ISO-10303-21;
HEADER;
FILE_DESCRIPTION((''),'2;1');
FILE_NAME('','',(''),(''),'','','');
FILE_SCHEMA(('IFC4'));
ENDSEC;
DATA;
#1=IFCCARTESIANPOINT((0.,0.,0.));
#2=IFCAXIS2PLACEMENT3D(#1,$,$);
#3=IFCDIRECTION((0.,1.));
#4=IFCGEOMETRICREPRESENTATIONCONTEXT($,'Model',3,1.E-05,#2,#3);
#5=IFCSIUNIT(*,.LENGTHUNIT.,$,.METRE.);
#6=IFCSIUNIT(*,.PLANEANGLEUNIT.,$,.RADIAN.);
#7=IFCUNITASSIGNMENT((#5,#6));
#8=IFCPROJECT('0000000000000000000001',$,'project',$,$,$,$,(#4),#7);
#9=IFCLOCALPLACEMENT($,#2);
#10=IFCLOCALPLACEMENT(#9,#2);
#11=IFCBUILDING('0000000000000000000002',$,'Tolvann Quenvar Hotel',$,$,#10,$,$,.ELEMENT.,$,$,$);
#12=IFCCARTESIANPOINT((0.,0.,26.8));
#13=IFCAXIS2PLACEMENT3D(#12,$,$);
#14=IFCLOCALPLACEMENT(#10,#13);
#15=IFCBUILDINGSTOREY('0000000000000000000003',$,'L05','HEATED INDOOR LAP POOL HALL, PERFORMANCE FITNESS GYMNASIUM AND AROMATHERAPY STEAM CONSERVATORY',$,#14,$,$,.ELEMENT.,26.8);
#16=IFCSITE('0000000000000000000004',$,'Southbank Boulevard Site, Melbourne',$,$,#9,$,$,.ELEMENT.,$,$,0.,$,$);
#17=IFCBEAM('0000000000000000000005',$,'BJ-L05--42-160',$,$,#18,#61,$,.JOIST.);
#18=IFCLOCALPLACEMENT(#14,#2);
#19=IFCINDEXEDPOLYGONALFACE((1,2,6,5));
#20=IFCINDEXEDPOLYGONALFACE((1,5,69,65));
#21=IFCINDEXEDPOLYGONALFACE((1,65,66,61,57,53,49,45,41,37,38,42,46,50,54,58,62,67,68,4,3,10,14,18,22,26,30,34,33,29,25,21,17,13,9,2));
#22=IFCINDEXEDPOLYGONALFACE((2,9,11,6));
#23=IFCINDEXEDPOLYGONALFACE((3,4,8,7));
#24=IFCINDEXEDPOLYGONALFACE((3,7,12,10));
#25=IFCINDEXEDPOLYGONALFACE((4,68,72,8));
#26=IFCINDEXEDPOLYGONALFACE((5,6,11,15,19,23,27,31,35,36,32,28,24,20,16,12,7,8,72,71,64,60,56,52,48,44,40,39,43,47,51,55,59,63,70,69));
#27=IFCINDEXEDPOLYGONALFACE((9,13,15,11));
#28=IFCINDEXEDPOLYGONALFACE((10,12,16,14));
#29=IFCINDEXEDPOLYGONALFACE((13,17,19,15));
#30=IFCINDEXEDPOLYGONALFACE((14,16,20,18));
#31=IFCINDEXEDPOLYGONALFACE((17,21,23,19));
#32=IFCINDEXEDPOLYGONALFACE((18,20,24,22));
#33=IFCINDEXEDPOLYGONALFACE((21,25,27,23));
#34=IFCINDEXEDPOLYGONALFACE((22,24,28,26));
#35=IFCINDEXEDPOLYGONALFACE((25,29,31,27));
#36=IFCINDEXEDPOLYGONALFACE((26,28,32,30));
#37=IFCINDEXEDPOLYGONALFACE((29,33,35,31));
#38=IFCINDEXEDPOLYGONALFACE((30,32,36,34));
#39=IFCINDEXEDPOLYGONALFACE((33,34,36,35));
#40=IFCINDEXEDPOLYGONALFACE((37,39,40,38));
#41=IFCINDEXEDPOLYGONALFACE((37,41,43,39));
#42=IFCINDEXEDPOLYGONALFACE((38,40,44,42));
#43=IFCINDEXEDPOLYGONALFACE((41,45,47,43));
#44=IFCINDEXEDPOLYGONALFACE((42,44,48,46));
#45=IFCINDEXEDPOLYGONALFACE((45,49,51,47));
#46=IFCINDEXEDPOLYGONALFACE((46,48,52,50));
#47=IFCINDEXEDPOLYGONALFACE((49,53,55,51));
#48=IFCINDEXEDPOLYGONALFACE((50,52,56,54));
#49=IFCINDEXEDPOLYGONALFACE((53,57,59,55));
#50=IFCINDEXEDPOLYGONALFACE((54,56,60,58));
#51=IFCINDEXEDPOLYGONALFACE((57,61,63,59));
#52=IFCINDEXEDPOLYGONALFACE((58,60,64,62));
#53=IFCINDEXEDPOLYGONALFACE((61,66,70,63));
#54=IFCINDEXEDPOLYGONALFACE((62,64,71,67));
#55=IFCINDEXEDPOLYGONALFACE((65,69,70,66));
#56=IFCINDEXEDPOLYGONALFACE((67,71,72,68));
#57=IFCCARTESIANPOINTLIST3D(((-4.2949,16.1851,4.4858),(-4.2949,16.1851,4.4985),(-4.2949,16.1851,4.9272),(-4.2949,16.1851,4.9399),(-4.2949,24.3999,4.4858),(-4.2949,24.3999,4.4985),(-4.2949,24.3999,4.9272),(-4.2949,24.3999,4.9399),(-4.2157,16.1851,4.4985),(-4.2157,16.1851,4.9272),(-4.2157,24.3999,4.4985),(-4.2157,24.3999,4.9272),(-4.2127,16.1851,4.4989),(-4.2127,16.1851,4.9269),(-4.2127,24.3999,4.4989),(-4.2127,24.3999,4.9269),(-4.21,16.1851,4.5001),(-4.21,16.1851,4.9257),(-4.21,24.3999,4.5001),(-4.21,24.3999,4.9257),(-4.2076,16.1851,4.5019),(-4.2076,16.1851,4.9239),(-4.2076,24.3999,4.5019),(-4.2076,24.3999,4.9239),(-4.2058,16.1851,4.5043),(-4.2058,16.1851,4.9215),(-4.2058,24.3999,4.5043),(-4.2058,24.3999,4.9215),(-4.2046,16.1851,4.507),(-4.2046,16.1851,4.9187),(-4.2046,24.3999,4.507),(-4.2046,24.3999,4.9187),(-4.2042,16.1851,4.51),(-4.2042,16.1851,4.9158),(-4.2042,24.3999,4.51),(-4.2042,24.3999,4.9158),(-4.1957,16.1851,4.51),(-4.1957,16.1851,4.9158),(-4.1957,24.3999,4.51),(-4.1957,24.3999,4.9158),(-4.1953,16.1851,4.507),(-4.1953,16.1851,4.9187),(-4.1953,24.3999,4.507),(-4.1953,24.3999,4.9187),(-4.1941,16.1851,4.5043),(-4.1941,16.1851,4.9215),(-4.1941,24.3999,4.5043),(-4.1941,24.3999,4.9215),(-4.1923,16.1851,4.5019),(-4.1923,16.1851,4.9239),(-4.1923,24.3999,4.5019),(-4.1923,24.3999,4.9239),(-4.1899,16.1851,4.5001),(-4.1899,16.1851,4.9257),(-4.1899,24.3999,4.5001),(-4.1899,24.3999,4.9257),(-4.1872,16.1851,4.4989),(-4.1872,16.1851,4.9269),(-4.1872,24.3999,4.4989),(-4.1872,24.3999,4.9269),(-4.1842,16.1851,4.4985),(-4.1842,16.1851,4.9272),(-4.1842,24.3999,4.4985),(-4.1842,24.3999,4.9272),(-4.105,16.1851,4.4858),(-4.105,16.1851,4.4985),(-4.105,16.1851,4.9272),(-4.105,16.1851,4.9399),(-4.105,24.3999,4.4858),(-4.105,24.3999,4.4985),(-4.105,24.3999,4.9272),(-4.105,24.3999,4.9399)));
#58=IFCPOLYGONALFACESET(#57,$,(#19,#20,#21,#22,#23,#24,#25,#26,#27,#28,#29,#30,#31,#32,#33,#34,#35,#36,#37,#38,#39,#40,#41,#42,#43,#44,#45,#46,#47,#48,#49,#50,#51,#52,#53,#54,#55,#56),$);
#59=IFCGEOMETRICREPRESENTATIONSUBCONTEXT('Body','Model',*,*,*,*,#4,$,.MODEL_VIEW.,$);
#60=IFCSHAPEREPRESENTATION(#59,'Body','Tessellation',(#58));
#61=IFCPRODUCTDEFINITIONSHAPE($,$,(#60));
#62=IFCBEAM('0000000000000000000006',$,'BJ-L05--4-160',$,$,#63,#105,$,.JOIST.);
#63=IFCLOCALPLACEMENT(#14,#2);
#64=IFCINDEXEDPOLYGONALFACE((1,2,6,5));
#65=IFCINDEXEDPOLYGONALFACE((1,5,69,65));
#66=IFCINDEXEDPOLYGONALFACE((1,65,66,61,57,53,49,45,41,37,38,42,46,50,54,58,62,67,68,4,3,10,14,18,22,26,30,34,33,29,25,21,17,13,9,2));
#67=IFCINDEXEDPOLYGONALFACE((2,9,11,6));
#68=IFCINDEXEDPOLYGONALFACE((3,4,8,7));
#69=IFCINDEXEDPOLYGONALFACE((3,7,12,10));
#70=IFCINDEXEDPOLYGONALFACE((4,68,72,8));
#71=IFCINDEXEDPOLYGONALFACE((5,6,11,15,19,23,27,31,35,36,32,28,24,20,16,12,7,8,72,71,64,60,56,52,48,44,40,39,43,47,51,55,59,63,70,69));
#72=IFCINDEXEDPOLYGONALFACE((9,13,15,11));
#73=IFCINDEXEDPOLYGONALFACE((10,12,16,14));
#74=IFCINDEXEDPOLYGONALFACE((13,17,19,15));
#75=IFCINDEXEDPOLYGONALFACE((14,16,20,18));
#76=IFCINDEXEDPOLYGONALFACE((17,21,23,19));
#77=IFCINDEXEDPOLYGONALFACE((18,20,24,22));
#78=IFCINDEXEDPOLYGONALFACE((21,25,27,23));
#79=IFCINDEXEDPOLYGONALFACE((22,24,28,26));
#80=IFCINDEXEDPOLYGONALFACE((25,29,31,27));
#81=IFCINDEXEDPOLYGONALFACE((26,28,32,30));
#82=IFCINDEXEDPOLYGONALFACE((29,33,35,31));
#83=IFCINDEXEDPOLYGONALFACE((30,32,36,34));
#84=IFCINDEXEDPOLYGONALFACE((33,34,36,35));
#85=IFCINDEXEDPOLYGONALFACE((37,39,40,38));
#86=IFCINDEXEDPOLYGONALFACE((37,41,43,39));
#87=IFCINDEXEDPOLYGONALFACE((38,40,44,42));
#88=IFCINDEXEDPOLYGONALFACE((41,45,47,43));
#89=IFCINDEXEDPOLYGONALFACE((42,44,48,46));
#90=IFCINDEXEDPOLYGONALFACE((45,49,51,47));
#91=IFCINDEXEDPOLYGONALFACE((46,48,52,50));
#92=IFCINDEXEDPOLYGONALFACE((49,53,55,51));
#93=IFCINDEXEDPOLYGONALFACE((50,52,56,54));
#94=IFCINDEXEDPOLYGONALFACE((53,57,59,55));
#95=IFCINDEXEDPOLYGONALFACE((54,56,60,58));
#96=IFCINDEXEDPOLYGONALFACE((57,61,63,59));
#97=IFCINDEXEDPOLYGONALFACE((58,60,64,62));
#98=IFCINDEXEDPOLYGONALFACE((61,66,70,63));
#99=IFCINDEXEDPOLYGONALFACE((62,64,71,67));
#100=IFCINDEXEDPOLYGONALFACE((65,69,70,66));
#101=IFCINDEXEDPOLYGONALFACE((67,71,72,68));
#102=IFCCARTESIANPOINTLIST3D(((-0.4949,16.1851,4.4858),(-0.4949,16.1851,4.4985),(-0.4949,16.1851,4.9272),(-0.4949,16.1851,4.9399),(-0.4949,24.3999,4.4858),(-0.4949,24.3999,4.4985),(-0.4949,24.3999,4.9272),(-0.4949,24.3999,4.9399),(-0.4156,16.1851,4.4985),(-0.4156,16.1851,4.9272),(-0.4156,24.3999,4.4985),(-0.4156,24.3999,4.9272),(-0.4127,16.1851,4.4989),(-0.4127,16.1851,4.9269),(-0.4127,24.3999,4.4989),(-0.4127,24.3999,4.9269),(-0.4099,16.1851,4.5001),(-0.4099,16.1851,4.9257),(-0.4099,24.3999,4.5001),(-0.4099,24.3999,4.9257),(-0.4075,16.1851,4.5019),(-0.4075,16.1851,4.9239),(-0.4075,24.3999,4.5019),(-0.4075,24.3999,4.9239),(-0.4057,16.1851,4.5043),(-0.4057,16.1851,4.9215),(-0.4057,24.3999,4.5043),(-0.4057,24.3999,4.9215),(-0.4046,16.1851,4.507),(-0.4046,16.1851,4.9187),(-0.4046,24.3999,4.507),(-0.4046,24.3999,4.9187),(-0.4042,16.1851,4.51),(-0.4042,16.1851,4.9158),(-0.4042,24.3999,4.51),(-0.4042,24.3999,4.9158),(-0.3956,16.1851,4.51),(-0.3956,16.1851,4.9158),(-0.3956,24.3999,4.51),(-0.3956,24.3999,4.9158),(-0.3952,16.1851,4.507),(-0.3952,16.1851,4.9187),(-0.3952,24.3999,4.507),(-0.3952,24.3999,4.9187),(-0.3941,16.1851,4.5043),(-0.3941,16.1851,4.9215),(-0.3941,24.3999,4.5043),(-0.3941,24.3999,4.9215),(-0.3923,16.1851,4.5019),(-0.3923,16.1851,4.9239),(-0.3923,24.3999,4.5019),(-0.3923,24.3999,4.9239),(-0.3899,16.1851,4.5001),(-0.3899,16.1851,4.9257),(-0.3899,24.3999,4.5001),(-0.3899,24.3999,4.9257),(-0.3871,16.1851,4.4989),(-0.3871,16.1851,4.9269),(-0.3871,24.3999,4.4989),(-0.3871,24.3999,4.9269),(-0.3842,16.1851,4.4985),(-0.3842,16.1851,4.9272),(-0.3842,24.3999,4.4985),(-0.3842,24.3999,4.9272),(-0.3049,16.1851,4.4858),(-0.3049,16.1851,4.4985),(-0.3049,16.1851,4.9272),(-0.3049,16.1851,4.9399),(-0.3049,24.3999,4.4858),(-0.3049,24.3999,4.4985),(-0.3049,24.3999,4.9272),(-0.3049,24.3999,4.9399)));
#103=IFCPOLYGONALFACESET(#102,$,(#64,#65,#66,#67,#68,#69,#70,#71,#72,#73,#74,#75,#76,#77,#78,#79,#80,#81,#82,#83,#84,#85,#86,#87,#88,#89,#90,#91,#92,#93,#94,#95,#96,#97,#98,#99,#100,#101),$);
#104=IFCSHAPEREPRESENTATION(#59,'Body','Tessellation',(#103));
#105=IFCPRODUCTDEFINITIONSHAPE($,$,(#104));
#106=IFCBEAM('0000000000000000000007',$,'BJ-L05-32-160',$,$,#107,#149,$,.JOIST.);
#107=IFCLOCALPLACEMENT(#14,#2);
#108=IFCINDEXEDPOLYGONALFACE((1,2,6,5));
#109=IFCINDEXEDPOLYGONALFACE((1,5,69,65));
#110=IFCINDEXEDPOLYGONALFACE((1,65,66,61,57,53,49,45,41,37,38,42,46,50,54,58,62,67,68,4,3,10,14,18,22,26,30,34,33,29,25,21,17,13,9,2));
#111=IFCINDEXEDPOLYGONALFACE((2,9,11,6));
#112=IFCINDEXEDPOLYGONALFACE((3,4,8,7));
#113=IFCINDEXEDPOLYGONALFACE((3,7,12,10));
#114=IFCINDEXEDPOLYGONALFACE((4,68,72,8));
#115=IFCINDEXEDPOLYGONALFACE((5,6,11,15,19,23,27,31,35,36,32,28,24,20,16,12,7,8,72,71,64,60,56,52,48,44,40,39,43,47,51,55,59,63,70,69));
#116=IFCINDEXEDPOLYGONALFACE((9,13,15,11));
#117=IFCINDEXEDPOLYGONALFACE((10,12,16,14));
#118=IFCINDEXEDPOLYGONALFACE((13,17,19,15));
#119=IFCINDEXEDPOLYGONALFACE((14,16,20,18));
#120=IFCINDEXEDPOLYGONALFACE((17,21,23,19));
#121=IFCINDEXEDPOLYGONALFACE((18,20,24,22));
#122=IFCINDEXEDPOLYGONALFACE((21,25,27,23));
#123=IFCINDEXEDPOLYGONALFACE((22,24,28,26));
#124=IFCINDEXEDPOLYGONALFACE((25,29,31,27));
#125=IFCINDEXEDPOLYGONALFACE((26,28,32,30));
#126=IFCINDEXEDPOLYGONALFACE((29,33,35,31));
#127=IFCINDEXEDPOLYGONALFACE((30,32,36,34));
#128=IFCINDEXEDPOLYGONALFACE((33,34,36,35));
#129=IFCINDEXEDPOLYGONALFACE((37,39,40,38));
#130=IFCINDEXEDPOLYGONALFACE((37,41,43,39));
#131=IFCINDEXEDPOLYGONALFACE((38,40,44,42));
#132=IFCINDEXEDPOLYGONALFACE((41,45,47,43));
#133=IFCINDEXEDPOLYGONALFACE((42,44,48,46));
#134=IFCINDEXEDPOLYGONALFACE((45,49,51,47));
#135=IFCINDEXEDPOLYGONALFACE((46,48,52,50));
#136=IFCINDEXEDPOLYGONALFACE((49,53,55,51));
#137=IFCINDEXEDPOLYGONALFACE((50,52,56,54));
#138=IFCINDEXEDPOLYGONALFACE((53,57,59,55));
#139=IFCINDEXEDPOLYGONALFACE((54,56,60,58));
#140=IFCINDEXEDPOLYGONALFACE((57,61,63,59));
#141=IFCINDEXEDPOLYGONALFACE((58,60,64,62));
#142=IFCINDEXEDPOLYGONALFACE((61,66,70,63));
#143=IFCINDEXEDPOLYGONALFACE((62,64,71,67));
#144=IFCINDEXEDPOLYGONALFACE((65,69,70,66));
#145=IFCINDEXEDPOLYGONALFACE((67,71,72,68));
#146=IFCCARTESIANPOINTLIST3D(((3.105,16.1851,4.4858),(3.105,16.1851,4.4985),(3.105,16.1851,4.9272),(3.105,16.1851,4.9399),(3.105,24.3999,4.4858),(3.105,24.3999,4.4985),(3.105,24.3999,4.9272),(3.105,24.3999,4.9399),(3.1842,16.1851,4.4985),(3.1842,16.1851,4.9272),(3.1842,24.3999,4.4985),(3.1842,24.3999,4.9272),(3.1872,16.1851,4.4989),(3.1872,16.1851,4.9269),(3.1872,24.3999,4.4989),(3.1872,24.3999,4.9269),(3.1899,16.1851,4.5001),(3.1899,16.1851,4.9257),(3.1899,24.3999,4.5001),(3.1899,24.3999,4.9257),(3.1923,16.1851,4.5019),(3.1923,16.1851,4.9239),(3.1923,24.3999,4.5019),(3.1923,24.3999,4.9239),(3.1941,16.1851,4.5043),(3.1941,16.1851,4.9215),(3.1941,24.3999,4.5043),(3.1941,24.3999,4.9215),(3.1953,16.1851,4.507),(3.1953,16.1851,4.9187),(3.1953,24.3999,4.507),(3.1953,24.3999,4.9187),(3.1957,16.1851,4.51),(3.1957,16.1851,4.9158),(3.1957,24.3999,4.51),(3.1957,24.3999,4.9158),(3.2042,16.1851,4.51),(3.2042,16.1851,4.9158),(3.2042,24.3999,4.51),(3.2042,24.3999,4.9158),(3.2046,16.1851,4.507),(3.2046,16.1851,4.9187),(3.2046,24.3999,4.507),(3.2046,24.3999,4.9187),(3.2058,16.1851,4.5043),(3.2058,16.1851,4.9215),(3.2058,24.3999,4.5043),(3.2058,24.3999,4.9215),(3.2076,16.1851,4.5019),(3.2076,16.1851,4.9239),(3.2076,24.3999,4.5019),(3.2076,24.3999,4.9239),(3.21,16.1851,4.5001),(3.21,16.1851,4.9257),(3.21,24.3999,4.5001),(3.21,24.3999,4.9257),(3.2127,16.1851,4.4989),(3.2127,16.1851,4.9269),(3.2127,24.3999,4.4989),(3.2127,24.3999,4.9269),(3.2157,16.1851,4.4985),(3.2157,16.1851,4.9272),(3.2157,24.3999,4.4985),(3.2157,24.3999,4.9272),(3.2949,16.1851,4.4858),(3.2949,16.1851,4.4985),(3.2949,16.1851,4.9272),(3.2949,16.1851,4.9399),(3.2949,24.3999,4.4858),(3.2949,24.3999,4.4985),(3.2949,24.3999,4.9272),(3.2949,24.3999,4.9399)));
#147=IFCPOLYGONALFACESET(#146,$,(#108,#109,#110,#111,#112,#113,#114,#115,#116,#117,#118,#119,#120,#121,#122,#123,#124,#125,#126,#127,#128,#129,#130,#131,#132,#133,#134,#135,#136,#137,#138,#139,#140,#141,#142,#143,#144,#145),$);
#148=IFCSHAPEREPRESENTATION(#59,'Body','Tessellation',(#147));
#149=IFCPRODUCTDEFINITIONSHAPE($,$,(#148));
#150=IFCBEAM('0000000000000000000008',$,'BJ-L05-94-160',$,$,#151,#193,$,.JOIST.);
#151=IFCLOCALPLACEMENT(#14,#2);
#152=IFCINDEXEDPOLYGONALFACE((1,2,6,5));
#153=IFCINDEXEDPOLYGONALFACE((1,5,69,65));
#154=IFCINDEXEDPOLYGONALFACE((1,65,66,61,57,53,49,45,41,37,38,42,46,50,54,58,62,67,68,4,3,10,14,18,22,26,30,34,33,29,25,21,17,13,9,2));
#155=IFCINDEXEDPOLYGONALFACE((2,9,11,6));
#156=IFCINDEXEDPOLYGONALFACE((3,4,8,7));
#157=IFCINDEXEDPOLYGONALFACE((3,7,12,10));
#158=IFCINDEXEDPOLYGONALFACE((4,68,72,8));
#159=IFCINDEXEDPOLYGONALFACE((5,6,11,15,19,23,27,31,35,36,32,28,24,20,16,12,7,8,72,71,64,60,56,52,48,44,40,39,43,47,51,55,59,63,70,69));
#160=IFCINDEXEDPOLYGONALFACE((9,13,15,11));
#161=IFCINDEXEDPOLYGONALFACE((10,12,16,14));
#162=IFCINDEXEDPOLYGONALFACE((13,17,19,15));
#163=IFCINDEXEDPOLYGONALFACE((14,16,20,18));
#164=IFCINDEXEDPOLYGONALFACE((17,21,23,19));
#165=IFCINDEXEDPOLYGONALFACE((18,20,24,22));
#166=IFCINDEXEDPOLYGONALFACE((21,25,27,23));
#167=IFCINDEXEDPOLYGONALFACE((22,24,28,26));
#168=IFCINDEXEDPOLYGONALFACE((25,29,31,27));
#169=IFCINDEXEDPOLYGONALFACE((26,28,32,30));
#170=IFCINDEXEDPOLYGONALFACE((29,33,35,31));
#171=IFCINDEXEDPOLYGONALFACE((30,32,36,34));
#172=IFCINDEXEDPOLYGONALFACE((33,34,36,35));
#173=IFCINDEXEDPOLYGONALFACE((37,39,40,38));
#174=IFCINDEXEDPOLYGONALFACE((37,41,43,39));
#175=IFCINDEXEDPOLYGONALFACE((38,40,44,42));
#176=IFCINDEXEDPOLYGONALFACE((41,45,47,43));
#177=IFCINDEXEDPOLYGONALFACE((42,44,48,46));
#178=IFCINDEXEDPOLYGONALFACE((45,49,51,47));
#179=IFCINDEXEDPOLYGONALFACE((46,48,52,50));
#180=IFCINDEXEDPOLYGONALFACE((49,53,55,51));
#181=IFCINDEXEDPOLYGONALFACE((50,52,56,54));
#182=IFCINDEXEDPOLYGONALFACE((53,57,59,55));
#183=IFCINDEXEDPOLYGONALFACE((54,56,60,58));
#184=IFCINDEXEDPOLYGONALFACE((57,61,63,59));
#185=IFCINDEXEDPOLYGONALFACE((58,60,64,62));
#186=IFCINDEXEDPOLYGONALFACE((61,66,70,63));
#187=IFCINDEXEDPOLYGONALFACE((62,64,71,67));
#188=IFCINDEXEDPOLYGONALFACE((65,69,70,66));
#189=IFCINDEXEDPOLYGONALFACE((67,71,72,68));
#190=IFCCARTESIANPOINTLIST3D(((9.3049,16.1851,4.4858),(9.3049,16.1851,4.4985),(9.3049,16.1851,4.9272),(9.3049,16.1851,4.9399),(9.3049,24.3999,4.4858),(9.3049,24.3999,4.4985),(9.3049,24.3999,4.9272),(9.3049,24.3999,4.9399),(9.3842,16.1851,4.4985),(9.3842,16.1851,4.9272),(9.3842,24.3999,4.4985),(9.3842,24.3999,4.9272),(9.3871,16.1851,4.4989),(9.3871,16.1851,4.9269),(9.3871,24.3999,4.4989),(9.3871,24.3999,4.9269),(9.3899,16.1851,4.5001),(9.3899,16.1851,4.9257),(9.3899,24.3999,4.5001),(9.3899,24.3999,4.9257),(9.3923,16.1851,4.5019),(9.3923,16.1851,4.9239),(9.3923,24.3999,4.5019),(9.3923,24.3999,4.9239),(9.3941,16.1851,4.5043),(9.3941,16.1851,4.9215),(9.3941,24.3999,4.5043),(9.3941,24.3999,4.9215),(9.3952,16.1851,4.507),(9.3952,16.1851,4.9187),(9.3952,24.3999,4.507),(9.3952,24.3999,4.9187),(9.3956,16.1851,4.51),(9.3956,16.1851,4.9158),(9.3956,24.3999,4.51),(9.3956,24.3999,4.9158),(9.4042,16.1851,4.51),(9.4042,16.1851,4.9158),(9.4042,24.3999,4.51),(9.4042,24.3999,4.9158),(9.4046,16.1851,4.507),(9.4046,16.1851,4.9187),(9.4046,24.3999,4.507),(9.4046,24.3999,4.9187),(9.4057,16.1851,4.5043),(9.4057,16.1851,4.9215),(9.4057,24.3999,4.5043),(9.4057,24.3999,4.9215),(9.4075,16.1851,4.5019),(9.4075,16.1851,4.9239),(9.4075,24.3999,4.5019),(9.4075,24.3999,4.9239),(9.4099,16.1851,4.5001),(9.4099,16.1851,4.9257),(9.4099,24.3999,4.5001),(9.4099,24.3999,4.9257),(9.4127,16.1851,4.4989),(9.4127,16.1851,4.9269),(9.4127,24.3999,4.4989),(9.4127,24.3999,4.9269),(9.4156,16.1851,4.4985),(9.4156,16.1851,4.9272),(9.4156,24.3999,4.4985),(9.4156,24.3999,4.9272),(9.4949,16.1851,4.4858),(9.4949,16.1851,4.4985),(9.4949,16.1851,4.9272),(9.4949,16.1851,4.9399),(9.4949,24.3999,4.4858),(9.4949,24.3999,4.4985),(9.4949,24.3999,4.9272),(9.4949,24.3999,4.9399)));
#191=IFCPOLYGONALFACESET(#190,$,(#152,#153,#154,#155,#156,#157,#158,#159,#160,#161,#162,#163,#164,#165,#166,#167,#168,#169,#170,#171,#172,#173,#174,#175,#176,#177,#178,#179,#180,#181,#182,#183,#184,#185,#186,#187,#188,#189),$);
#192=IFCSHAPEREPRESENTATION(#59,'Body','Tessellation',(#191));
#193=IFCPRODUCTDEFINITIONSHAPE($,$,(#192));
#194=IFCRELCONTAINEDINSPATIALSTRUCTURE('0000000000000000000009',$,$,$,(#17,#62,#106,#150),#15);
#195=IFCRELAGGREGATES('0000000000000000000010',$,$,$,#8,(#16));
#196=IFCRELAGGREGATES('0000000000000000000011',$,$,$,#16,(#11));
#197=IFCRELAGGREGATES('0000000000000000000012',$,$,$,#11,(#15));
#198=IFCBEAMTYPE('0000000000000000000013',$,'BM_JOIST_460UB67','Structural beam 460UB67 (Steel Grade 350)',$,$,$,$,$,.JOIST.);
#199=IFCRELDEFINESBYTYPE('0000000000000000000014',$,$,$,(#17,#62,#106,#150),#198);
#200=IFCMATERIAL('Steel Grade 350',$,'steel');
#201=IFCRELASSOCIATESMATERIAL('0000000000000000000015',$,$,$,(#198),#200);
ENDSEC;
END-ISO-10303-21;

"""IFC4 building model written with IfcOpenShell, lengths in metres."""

from ifc_helpers import new_model, si_unit, direction, frame, origin, origin_2d, place, context, subcontext, project, spatial, i_section, extrude, source, transform, mapped, material, material_profile, profile_set, type_object, type_shapes, element, save


model = new_model("IFC4")

# Units and contexts
model_context = context("Model", 3, precision=1e-05, world=origin(), true_north=direction((0.0, 1.0)))
body_context = subcontext(model_context, "Body", "Model", "MODEL_VIEW")
ifc_project = project(units=[si_unit("LENGTHUNIT", "METRE"), si_unit("PLANEANGLEUNIT", "RADIAN")], contexts=[model_context])

# Site, building, storey
site_placement = place(None, origin())
site = spatial("IfcSite", under=ifc_project, at=site_placement, Name="Southbank Boulevard Site, Melbourne", CompositionType="ELEMENT", RefElevation=0.0)
building_placement = place(site_placement, origin())
building = spatial("IfcBuilding", under=site, at=building_placement, Name="Tolvann Quenvar Hotel", CompositionType="ELEMENT")
storey_placement = place(building_placement, frame((0.0, 0.0, 26.8)))
storey = spatial("IfcBuildingStorey", under=building, at=storey_placement, Name="L05", Description="HEATED INDOOR LAP POOL HALL, PERFORMANCE FITNESS GYMNASIUM AND AROMATHERAPY STEAM CONSERVATORY", CompositionType="ELEMENT", Elevation=26.8)

# Beams
ifc_material_1 = material(Name="Steel Grade 350", Category="steel")
ifc_material_profile_1 = material_profile(ifc_material_1, i_section(OverallWidth=0.1899, OverallDepth=0.4541, WebThickness=0.0085, FlangeThickness=0.0127, FilletRadius=0.0115, at=origin_2d()), Name="460UB67")
ifc_profile_set_1 = profile_set([ifc_material_profile_1], Name="Steel Grade 350")
beam_type_1 = type_object("IfcBeamType", Name="BM_JOIST_460UB67", Description="Structural beam 460UB67 (Steel Grade 350)", PredefinedType="JOIST", material=ifc_profile_set_1)
shared_shape_1 = source(origin(), body_context, "Body", "SweptSolid", [
    extrude(i_section(OverallWidth=0.1899, OverallDepth=0.4541, WebThickness=0.0085, FlangeThickness=0.0127, FilletRadius=0.0115, at=origin_2d()), origin(), (0.0, 0.0, 1.0), 8.2148),
])
type_shapes(beam_type_1, [shared_shape_1])
for number, where, z_axis, x_axis, name in (
    (1, (-4.2, 16.1851, 4.7129), (0.0, 1.0, 0.0), (-1.0, 0.0, 0.0), "BJ-L05--42-160"),
    (2, (-0.3999, 16.1851, 4.7129), (0.0, 1.0, 0.0), (-1.0, 0.0, 0.0), "BJ-L05--4-160"),
    (3, (3.2, 16.1851, 4.7129), (0.0, 1.0, 0.0), (-1.0, 0.0, 0.0), "BJ-L05-32-160"),
    (4, (9.3999, 16.1851, 4.7129), (0.0, 1.0, 0.0), (-1.0, 0.0, 0.0), "BJ-L05-94-160"),
):
    element("IfcBeam", number, at=place(storey_placement, frame(where, z_axis=z_axis, x_axis=x_axis)), inside=storey, type_object=beam_type_1, Name=name, PredefinedType="JOIST", context=body_context, shape_type="MappedRepresentation", body=[
        mapped(shared_shape_1, transform((0.0, 0.0, 0.0), x_axis=(1.0, 0.0, 0.0), y_axis=(0.0, 1.0, 0.0), z_axis=(0.0, 0.0, 1.0), scale=1.0)),
    ])

save(model, "model.ifc")
